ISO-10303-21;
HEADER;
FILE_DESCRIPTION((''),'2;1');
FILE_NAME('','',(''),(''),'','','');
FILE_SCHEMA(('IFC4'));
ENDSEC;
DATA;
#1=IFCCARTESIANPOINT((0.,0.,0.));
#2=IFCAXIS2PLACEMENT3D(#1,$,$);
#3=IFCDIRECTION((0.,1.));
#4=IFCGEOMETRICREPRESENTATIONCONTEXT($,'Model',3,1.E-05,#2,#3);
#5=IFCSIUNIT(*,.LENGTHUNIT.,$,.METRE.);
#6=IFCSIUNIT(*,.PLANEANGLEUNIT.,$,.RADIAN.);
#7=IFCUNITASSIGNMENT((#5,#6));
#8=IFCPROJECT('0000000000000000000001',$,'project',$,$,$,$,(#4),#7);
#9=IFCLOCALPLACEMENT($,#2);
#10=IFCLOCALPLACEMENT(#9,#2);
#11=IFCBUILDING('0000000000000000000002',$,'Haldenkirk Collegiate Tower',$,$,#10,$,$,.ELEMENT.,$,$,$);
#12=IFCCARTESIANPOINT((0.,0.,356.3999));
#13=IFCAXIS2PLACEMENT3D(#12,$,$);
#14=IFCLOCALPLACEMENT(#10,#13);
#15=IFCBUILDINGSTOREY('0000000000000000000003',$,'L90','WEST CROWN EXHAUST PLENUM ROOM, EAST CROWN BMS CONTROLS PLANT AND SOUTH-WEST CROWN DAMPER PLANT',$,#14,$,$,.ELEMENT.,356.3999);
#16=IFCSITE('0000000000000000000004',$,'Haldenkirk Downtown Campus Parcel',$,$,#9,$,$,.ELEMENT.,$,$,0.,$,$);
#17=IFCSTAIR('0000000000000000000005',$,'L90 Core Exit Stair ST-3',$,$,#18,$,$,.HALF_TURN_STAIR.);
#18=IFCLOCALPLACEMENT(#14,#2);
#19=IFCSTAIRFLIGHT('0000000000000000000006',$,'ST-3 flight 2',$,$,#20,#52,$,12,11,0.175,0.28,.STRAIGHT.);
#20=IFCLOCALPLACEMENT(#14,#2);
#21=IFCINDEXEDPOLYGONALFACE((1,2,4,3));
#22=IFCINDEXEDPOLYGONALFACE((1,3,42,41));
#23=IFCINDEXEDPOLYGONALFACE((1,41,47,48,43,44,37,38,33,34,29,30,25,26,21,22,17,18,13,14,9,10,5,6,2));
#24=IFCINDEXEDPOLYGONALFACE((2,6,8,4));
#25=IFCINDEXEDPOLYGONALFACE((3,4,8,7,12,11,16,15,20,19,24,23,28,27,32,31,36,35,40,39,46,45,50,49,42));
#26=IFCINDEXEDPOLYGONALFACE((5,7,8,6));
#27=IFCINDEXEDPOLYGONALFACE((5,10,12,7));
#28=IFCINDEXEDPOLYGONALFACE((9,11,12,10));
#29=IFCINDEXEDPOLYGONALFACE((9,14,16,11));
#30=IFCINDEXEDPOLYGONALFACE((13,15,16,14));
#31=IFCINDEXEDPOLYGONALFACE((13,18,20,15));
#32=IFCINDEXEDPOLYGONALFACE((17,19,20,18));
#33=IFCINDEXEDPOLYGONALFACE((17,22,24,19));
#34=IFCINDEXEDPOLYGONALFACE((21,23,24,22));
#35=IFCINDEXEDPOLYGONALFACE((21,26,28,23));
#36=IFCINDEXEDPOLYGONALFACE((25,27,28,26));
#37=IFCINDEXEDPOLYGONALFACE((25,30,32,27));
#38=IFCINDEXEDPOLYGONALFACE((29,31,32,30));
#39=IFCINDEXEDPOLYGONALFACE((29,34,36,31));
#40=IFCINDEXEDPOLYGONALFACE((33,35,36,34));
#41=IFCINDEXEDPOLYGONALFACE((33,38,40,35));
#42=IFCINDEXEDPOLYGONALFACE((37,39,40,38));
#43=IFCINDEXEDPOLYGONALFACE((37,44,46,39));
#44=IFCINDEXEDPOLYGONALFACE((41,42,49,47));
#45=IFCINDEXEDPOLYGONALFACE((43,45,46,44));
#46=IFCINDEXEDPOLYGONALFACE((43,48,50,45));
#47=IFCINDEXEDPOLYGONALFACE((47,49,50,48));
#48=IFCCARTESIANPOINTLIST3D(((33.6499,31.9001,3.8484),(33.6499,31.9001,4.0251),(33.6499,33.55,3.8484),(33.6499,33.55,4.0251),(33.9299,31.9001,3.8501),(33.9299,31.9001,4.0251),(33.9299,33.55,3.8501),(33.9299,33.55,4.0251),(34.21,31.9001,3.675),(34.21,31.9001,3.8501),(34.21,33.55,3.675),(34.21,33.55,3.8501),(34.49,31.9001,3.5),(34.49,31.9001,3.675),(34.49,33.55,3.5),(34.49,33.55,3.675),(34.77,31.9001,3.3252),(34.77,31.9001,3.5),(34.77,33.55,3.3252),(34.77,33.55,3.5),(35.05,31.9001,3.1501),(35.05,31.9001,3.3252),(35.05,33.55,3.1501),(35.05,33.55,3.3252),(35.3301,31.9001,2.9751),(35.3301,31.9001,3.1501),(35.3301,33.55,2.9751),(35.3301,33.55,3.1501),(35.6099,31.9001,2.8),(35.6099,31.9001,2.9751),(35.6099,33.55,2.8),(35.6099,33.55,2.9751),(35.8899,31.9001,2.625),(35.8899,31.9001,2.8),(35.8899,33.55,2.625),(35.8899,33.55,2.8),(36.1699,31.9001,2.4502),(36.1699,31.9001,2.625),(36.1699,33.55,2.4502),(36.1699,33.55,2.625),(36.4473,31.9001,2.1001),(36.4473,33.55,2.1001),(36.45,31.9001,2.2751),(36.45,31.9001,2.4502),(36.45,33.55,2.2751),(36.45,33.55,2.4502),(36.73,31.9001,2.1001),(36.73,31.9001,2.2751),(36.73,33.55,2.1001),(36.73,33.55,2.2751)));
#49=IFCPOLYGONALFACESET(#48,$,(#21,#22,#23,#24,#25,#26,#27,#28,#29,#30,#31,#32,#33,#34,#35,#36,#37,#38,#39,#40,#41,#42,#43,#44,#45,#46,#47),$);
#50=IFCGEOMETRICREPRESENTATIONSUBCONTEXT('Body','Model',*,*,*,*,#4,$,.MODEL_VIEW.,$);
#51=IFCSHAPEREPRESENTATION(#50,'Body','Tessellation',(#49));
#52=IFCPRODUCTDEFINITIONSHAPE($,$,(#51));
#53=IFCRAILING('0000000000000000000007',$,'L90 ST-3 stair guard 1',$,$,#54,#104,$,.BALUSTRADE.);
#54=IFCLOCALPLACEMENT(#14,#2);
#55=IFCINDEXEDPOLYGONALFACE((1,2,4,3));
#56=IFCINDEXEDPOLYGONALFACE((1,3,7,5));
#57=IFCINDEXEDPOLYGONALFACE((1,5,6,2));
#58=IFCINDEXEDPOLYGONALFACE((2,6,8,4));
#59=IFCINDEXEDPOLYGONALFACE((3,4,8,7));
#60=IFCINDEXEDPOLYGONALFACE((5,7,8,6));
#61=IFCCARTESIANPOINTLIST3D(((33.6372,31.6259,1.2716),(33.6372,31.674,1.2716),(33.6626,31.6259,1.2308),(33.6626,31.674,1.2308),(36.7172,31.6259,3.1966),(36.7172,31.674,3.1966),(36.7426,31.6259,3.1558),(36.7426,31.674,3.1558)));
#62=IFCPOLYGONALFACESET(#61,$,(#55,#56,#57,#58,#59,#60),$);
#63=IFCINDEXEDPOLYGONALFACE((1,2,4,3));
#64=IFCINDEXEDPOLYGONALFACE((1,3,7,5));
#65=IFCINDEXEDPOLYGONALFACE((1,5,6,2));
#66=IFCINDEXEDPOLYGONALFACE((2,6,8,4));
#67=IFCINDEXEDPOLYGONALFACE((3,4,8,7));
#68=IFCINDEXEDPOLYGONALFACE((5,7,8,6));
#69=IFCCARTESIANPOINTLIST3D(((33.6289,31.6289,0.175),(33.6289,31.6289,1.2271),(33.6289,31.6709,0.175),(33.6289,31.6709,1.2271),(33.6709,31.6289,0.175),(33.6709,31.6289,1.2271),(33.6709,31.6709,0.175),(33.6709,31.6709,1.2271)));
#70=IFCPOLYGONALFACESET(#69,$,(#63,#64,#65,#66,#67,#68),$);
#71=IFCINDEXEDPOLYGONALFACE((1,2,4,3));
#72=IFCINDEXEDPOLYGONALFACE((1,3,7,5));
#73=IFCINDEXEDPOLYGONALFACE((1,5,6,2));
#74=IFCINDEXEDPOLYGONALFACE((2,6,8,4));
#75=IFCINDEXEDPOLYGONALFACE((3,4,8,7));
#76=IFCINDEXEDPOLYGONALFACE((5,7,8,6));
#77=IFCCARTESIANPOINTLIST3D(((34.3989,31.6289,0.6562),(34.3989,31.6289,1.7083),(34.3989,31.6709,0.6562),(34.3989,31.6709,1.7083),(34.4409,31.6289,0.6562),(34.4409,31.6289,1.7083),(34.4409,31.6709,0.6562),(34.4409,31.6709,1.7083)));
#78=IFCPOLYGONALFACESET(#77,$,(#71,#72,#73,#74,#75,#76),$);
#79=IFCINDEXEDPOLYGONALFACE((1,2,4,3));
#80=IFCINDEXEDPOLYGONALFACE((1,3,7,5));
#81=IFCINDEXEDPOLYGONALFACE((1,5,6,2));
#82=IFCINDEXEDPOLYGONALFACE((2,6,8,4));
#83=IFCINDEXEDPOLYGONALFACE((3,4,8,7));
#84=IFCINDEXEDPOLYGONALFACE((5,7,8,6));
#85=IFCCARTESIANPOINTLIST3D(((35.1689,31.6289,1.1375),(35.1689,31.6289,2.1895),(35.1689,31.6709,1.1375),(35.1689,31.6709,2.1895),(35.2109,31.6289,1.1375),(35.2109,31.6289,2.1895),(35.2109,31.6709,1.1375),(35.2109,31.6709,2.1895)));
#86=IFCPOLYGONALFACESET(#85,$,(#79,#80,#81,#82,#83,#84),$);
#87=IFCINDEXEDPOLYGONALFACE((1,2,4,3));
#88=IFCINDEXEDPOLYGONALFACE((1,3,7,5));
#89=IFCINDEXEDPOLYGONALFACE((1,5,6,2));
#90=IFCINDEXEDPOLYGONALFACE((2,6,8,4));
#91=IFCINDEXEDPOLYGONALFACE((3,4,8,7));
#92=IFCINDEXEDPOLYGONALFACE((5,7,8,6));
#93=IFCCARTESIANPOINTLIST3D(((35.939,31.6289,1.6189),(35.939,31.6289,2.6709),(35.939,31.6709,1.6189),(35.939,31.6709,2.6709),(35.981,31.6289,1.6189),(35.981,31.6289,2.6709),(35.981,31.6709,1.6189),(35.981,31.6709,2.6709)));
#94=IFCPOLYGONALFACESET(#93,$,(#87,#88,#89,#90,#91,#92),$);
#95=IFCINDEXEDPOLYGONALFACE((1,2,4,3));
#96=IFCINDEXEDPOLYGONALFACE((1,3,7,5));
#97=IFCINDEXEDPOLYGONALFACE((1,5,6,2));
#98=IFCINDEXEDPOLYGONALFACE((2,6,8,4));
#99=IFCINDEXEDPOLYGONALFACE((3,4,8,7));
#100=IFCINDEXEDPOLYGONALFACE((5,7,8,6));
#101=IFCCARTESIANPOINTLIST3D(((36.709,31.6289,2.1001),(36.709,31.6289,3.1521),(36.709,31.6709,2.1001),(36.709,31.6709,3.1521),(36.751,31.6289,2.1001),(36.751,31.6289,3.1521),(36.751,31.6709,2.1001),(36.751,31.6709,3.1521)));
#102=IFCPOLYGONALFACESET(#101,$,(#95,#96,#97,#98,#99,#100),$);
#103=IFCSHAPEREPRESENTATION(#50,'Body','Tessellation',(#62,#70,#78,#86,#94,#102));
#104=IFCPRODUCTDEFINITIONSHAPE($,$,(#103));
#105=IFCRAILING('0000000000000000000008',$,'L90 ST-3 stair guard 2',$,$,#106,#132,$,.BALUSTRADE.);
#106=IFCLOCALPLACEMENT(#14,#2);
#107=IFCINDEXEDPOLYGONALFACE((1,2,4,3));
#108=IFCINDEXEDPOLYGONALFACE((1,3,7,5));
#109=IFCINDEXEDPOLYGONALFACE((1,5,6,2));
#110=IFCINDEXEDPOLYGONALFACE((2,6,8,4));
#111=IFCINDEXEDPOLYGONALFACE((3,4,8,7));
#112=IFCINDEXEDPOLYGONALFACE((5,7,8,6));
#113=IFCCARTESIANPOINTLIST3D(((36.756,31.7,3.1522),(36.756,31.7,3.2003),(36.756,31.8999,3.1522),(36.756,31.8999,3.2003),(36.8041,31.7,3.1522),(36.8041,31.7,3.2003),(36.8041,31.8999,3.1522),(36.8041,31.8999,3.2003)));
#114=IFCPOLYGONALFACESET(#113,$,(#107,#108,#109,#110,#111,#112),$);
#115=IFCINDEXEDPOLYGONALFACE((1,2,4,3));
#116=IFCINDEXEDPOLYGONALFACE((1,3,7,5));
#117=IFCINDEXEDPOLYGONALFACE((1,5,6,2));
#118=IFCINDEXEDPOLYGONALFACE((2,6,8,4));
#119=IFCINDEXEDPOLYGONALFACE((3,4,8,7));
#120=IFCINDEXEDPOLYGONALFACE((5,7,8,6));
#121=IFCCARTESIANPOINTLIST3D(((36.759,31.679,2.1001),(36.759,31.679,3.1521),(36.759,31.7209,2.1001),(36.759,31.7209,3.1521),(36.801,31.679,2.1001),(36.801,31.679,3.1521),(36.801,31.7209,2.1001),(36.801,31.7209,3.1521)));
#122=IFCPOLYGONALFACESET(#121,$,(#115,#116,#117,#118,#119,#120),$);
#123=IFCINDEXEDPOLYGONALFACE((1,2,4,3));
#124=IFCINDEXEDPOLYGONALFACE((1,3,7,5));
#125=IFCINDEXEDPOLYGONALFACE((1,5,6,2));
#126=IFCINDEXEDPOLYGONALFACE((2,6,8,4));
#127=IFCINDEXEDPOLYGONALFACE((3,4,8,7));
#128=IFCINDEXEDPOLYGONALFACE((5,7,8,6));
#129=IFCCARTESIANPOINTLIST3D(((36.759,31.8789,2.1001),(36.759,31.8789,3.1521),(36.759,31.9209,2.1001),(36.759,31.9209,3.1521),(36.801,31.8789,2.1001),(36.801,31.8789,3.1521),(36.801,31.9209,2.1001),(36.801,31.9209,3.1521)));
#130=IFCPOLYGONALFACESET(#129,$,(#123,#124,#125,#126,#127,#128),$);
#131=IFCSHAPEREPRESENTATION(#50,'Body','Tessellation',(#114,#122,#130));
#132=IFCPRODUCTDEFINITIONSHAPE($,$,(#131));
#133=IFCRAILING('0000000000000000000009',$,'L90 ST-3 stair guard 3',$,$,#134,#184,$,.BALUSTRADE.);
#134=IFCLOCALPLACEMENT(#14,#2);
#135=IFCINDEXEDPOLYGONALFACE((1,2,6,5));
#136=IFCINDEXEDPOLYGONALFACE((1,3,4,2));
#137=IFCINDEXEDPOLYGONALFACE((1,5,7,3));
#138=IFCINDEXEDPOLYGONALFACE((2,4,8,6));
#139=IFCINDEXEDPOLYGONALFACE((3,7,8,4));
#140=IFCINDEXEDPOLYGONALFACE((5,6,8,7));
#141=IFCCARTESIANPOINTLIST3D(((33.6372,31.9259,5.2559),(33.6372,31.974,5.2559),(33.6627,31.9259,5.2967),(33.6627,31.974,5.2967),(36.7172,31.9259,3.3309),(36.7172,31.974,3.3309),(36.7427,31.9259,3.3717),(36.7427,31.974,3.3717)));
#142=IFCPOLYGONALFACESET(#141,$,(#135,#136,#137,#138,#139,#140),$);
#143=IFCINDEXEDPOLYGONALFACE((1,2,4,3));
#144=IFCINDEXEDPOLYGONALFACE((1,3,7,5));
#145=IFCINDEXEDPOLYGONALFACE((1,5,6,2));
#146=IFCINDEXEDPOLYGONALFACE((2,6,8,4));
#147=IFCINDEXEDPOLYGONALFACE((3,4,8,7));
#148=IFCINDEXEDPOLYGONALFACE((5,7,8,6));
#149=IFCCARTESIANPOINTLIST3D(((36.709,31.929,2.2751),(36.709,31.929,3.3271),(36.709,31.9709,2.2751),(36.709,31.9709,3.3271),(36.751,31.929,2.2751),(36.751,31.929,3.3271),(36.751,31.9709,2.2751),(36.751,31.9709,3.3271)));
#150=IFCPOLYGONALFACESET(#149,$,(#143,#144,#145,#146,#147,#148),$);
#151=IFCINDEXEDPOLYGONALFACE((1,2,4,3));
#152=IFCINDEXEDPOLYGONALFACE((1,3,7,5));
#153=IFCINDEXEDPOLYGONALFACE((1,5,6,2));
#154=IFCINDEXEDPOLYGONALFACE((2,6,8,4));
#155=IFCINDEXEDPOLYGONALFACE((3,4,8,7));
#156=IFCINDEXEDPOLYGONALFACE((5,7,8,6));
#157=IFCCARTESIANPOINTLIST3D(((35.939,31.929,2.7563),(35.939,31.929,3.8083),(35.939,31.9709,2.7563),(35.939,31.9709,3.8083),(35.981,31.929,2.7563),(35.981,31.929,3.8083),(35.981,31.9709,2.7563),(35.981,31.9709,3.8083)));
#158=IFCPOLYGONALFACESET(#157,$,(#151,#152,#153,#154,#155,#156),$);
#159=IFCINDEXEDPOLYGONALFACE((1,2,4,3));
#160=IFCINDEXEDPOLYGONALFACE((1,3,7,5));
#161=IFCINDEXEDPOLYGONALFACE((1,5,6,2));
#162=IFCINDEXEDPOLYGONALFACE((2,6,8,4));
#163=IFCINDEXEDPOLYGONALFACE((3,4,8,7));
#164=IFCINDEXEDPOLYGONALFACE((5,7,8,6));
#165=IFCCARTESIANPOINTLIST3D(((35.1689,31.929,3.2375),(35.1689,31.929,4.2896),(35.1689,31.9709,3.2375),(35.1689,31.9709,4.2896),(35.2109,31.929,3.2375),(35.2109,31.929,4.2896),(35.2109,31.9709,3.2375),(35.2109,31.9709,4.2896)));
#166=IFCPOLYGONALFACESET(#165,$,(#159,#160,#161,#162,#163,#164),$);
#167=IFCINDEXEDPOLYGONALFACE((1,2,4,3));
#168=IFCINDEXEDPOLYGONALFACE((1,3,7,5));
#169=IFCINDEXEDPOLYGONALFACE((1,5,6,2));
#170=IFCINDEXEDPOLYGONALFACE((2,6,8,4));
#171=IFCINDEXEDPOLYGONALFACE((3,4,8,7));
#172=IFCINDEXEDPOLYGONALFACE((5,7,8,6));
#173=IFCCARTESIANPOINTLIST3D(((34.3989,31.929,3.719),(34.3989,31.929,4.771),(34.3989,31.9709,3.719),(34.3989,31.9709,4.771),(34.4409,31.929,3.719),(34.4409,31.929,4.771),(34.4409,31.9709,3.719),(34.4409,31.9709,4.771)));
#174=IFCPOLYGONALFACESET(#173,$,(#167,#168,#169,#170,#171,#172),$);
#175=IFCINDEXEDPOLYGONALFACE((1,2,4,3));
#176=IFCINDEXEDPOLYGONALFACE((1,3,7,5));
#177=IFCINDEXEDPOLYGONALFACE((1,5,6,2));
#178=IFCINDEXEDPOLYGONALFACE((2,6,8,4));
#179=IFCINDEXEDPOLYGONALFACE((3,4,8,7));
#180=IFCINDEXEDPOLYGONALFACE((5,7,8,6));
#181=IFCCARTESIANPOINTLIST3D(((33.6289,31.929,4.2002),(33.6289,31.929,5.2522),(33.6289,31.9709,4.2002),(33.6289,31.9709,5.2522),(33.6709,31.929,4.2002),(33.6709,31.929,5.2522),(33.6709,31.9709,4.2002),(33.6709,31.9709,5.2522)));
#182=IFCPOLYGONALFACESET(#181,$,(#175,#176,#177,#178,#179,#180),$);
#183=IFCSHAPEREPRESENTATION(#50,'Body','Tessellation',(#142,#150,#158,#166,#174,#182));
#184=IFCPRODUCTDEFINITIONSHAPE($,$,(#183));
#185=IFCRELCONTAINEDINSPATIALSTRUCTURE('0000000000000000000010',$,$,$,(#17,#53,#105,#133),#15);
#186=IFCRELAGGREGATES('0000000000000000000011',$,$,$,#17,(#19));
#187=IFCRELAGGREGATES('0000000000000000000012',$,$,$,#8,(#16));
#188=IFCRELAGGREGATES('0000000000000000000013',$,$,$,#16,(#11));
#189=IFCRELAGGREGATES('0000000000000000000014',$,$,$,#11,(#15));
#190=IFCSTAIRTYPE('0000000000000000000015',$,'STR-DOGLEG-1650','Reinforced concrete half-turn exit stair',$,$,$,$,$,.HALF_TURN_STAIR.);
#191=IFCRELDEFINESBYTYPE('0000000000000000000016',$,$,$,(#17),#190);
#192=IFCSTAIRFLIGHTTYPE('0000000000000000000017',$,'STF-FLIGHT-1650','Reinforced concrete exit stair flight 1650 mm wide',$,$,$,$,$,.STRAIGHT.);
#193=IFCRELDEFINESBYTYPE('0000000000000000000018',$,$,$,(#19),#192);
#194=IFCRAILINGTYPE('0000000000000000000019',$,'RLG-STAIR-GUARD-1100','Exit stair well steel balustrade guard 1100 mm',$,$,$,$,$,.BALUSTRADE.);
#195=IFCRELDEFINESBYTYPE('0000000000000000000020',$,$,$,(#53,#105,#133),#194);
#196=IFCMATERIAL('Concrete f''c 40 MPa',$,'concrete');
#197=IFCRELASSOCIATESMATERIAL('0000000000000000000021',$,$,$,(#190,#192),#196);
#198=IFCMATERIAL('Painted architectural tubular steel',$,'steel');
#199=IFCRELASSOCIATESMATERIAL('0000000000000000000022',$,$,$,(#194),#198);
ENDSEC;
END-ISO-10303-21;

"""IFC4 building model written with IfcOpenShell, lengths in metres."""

from ifc_helpers import new_model, si_unit, direction, frame, origin, origin_2d, place, context, subcontext, project, spatial, polyline, rectangle, outline, extrude, material, type_object, element, aggregate, save


model = new_model("IFC4")

# Units and contexts
model_context = context("Model", 3, precision=1e-05, world=origin(), true_north=direction((0.0, 1.0)))
body_context = subcontext(model_context, "Body", "Model", "MODEL_VIEW")
ifc_project = project(units=[si_unit("LENGTHUNIT", "METRE"), si_unit("PLANEANGLEUNIT", "RADIAN")], contexts=[model_context])

# Site, building, storey
site_placement = place(None, origin())
site = spatial("IfcSite", under=ifc_project, at=site_placement, Name="Haldenkirk Downtown Campus Parcel", CompositionType="ELEMENT", RefElevation=0.0)
building_placement = place(site_placement, origin())
building = spatial("IfcBuilding", under=site, at=building_placement, Name="Haldenkirk Collegiate Tower", CompositionType="ELEMENT")
storey_placement = place(building_placement, frame((0.0, 0.0, 356.3999)))
storey = spatial("IfcBuildingStorey", under=building, at=storey_placement, Name="L90", Description="WEST CROWN EXHAUST PLENUM ROOM, EAST CROWN BMS CONTROLS PLANT AND SOUTH-WEST CROWN DAMPER PLANT", CompositionType="ELEMENT", Elevation=356.3999)

# Stair, stair flight
ifc_material_1 = material(Name="Concrete f'c 40 MPa", Category="concrete")
stair_type = type_object("IfcStairType", Name="STR-DOGLEG-1650", Description="Reinforced concrete half-turn exit stair", PredefinedType="HALF_TURN_STAIR", material=ifc_material_1)
stair_placement = place(storey_placement, origin())
stair = element("IfcStair", 1, at=stair_placement, inside=storey, type_object=stair_type, Name="L90 Core Exit Stair ST-3", PredefinedType="HALF_TURN_STAIR")
stair_flight_type = type_object("IfcStairFlightType", Name="STF-FLIGHT-1650", Description="Reinforced concrete exit stair flight 1650 mm wide", PredefinedType="STRAIGHT", material=ifc_material_1)
stair_flight_1_placement = place(storey_placement, frame((36.73, 32.7251, 2.1001), z_axis=(0.0, 0.0, 1.0), x_axis=(-1.0, 0.0, 0.0)))
stair_flight_1 = element("IfcStairFlight", 2, at=stair_flight_1_placement, type_object=stair_flight_type, Name="ST-3 flight 2", NumberOfRisers=12, NumberOfTreads=11, PredefinedType="STRAIGHT", RiserHeight=0.175, TreadLength=0.28, context=body_context, shape_type="SweptSolid", body=[
    extrude(outline(polyline([(0.0, 0.0), (0.0, 0.175), (0.28, 0.175), (0.28, 0.3501), (0.5601, 0.3501), (0.5601, 0.5249), (0.8401, 0.5249), (0.8401, 0.7), (1.1201, 0.7), (1.1201, 0.875), (1.3999, 0.875), (1.3999, 1.05), (1.6799, 1.05), (1.6799, 1.2251), (1.96, 1.2251), (1.96, 1.3999), (2.24, 1.3999), (2.24, 1.575), (2.52, 1.575), (2.52, 1.75), (2.8, 1.75), (2.8, 1.925), (3.0801, 1.925), (3.0801, 2.1001), (3.0801, 1.7483), (0.2827, 0.0), (0.0, 0.0)])), frame((0.0, 0.825, 0.0), z_axis=(0.0, -1.0, 0.0), x_axis=(1.0, 0.0, 0.0)), (0.0, 0.0, 1.0), 1.6499),
])
aggregate(stair, [stair_flight_1])

# Railings
ifc_material_2 = material(Name="Painted architectural tubular steel", Category="steel")
railing_type_1 = type_object("IfcRailingType", Name="RLG-STAIR-GUARD-1100", Description="Exit stair well steel balustrade guard 1100 mm", PredefinedType="BALUSTRADE", material=ifc_material_2)
railing_1_placement = place(storey_placement, frame((33.6499, 31.6499, 0.175)))
element("IfcRailing", 3, at=railing_1_placement, inside=storey, type_object=railing_type_1, Name="L90 ST-3 stair guard 1", PredefinedType="BALUSTRADE", context=body_context, shape_type="SweptSolid", body=[
    extrude(rectangle(XDim=0.0481, YDim=0.0481, at=origin_2d()), frame((0.0, 0.0, 1.0762), z_axis=(0.847998, 0.0, 0.529999), x_axis=(0.0, 1.0, 0.0)), (0.0, 0.0, 1.0), 3.6321),
    extrude(rectangle(XDim=0.042, YDim=0.042, at=origin_2d()), origin(), (0.0, 0.0, 1.0), 1.052),
    extrude(rectangle(XDim=0.042, YDim=0.042, at=origin_2d()), frame((0.77, 0.0, 0.4812)), (0.0, 0.0, 1.0), 1.052),
    extrude(rectangle(XDim=0.042, YDim=0.042, at=origin_2d()), frame((1.54, 0.0, 0.9624)), (0.0, 0.0, 1.0), 1.052),
    extrude(rectangle(XDim=0.042, YDim=0.042, at=origin_2d()), frame((2.3101, 0.0, 1.4438)), (0.0, 0.0, 1.0), 1.052),
    extrude(rectangle(XDim=0.042, YDim=0.042, at=origin_2d()), frame((3.0801, 0.0, 1.925)), (0.0, 0.0, 1.0), 1.052),
])
railing_2_placement = place(storey_placement, frame((36.78, 31.7, 2.1001)))
element("IfcRailing", 4, at=railing_2_placement, inside=storey, type_object=railing_type_1, Name="L90 ST-3 stair guard 2", PredefinedType="BALUSTRADE", context=body_context, shape_type="SweptSolid", body=[
    extrude(rectangle(XDim=0.0481, YDim=0.0481, at=origin_2d()), frame((0.0, 0.0, 1.0762), z_axis=(0.0, 1.0, 0.0), x_axis=(-1.0, 0.0, 0.0)), (0.0, 0.0, 1.0), 0.2),
    extrude(rectangle(XDim=0.042, YDim=0.042, at=origin_2d()), origin(), (0.0, 0.0, 1.0), 1.052),
    extrude(rectangle(XDim=0.042, YDim=0.042, at=origin_2d()), frame((0.0, 0.2, 0.0)), (0.0, 0.0, 1.0), 1.052),
])
railing_3_placement = place(storey_placement, frame((36.73, 31.95, 2.2751)))
element("IfcRailing", 5, at=railing_3_placement, inside=storey, type_object=railing_type_1, Name="L90 ST-3 stair guard 3", PredefinedType="BALUSTRADE", context=body_context, shape_type="SweptSolid", body=[
    extrude(rectangle(XDim=0.0481, YDim=0.0481, at=origin_2d()), frame((0.0, 0.0, 1.0762), z_axis=(-0.847998, 0.0, 0.529999), x_axis=(0.0, -1.0, 0.0)), (0.0, 0.0, 1.0), 3.6321),
    extrude(rectangle(XDim=0.042, YDim=0.042, at=origin_2d()), origin(), (0.0, 0.0, 1.0), 1.052),
    extrude(rectangle(XDim=0.042, YDim=0.042, at=origin_2d()), frame((-0.77, 0.0, 0.4812)), (0.0, 0.0, 1.0), 1.052),
    extrude(rectangle(XDim=0.042, YDim=0.042, at=origin_2d()), frame((-1.54, 0.0, 0.9624)), (0.0, 0.0, 1.0), 1.052),
    extrude(rectangle(XDim=0.042, YDim=0.042, at=origin_2d()), frame((-2.3101, 0.0, 1.4438)), (0.0, 0.0, 1.0), 1.052),
    extrude(rectangle(XDim=0.042, YDim=0.042, at=origin_2d()), frame((-3.0801, 0.0, 1.925)), (0.0, 0.0, 1.0), 1.052),
])

save(model, "model.ifc")
